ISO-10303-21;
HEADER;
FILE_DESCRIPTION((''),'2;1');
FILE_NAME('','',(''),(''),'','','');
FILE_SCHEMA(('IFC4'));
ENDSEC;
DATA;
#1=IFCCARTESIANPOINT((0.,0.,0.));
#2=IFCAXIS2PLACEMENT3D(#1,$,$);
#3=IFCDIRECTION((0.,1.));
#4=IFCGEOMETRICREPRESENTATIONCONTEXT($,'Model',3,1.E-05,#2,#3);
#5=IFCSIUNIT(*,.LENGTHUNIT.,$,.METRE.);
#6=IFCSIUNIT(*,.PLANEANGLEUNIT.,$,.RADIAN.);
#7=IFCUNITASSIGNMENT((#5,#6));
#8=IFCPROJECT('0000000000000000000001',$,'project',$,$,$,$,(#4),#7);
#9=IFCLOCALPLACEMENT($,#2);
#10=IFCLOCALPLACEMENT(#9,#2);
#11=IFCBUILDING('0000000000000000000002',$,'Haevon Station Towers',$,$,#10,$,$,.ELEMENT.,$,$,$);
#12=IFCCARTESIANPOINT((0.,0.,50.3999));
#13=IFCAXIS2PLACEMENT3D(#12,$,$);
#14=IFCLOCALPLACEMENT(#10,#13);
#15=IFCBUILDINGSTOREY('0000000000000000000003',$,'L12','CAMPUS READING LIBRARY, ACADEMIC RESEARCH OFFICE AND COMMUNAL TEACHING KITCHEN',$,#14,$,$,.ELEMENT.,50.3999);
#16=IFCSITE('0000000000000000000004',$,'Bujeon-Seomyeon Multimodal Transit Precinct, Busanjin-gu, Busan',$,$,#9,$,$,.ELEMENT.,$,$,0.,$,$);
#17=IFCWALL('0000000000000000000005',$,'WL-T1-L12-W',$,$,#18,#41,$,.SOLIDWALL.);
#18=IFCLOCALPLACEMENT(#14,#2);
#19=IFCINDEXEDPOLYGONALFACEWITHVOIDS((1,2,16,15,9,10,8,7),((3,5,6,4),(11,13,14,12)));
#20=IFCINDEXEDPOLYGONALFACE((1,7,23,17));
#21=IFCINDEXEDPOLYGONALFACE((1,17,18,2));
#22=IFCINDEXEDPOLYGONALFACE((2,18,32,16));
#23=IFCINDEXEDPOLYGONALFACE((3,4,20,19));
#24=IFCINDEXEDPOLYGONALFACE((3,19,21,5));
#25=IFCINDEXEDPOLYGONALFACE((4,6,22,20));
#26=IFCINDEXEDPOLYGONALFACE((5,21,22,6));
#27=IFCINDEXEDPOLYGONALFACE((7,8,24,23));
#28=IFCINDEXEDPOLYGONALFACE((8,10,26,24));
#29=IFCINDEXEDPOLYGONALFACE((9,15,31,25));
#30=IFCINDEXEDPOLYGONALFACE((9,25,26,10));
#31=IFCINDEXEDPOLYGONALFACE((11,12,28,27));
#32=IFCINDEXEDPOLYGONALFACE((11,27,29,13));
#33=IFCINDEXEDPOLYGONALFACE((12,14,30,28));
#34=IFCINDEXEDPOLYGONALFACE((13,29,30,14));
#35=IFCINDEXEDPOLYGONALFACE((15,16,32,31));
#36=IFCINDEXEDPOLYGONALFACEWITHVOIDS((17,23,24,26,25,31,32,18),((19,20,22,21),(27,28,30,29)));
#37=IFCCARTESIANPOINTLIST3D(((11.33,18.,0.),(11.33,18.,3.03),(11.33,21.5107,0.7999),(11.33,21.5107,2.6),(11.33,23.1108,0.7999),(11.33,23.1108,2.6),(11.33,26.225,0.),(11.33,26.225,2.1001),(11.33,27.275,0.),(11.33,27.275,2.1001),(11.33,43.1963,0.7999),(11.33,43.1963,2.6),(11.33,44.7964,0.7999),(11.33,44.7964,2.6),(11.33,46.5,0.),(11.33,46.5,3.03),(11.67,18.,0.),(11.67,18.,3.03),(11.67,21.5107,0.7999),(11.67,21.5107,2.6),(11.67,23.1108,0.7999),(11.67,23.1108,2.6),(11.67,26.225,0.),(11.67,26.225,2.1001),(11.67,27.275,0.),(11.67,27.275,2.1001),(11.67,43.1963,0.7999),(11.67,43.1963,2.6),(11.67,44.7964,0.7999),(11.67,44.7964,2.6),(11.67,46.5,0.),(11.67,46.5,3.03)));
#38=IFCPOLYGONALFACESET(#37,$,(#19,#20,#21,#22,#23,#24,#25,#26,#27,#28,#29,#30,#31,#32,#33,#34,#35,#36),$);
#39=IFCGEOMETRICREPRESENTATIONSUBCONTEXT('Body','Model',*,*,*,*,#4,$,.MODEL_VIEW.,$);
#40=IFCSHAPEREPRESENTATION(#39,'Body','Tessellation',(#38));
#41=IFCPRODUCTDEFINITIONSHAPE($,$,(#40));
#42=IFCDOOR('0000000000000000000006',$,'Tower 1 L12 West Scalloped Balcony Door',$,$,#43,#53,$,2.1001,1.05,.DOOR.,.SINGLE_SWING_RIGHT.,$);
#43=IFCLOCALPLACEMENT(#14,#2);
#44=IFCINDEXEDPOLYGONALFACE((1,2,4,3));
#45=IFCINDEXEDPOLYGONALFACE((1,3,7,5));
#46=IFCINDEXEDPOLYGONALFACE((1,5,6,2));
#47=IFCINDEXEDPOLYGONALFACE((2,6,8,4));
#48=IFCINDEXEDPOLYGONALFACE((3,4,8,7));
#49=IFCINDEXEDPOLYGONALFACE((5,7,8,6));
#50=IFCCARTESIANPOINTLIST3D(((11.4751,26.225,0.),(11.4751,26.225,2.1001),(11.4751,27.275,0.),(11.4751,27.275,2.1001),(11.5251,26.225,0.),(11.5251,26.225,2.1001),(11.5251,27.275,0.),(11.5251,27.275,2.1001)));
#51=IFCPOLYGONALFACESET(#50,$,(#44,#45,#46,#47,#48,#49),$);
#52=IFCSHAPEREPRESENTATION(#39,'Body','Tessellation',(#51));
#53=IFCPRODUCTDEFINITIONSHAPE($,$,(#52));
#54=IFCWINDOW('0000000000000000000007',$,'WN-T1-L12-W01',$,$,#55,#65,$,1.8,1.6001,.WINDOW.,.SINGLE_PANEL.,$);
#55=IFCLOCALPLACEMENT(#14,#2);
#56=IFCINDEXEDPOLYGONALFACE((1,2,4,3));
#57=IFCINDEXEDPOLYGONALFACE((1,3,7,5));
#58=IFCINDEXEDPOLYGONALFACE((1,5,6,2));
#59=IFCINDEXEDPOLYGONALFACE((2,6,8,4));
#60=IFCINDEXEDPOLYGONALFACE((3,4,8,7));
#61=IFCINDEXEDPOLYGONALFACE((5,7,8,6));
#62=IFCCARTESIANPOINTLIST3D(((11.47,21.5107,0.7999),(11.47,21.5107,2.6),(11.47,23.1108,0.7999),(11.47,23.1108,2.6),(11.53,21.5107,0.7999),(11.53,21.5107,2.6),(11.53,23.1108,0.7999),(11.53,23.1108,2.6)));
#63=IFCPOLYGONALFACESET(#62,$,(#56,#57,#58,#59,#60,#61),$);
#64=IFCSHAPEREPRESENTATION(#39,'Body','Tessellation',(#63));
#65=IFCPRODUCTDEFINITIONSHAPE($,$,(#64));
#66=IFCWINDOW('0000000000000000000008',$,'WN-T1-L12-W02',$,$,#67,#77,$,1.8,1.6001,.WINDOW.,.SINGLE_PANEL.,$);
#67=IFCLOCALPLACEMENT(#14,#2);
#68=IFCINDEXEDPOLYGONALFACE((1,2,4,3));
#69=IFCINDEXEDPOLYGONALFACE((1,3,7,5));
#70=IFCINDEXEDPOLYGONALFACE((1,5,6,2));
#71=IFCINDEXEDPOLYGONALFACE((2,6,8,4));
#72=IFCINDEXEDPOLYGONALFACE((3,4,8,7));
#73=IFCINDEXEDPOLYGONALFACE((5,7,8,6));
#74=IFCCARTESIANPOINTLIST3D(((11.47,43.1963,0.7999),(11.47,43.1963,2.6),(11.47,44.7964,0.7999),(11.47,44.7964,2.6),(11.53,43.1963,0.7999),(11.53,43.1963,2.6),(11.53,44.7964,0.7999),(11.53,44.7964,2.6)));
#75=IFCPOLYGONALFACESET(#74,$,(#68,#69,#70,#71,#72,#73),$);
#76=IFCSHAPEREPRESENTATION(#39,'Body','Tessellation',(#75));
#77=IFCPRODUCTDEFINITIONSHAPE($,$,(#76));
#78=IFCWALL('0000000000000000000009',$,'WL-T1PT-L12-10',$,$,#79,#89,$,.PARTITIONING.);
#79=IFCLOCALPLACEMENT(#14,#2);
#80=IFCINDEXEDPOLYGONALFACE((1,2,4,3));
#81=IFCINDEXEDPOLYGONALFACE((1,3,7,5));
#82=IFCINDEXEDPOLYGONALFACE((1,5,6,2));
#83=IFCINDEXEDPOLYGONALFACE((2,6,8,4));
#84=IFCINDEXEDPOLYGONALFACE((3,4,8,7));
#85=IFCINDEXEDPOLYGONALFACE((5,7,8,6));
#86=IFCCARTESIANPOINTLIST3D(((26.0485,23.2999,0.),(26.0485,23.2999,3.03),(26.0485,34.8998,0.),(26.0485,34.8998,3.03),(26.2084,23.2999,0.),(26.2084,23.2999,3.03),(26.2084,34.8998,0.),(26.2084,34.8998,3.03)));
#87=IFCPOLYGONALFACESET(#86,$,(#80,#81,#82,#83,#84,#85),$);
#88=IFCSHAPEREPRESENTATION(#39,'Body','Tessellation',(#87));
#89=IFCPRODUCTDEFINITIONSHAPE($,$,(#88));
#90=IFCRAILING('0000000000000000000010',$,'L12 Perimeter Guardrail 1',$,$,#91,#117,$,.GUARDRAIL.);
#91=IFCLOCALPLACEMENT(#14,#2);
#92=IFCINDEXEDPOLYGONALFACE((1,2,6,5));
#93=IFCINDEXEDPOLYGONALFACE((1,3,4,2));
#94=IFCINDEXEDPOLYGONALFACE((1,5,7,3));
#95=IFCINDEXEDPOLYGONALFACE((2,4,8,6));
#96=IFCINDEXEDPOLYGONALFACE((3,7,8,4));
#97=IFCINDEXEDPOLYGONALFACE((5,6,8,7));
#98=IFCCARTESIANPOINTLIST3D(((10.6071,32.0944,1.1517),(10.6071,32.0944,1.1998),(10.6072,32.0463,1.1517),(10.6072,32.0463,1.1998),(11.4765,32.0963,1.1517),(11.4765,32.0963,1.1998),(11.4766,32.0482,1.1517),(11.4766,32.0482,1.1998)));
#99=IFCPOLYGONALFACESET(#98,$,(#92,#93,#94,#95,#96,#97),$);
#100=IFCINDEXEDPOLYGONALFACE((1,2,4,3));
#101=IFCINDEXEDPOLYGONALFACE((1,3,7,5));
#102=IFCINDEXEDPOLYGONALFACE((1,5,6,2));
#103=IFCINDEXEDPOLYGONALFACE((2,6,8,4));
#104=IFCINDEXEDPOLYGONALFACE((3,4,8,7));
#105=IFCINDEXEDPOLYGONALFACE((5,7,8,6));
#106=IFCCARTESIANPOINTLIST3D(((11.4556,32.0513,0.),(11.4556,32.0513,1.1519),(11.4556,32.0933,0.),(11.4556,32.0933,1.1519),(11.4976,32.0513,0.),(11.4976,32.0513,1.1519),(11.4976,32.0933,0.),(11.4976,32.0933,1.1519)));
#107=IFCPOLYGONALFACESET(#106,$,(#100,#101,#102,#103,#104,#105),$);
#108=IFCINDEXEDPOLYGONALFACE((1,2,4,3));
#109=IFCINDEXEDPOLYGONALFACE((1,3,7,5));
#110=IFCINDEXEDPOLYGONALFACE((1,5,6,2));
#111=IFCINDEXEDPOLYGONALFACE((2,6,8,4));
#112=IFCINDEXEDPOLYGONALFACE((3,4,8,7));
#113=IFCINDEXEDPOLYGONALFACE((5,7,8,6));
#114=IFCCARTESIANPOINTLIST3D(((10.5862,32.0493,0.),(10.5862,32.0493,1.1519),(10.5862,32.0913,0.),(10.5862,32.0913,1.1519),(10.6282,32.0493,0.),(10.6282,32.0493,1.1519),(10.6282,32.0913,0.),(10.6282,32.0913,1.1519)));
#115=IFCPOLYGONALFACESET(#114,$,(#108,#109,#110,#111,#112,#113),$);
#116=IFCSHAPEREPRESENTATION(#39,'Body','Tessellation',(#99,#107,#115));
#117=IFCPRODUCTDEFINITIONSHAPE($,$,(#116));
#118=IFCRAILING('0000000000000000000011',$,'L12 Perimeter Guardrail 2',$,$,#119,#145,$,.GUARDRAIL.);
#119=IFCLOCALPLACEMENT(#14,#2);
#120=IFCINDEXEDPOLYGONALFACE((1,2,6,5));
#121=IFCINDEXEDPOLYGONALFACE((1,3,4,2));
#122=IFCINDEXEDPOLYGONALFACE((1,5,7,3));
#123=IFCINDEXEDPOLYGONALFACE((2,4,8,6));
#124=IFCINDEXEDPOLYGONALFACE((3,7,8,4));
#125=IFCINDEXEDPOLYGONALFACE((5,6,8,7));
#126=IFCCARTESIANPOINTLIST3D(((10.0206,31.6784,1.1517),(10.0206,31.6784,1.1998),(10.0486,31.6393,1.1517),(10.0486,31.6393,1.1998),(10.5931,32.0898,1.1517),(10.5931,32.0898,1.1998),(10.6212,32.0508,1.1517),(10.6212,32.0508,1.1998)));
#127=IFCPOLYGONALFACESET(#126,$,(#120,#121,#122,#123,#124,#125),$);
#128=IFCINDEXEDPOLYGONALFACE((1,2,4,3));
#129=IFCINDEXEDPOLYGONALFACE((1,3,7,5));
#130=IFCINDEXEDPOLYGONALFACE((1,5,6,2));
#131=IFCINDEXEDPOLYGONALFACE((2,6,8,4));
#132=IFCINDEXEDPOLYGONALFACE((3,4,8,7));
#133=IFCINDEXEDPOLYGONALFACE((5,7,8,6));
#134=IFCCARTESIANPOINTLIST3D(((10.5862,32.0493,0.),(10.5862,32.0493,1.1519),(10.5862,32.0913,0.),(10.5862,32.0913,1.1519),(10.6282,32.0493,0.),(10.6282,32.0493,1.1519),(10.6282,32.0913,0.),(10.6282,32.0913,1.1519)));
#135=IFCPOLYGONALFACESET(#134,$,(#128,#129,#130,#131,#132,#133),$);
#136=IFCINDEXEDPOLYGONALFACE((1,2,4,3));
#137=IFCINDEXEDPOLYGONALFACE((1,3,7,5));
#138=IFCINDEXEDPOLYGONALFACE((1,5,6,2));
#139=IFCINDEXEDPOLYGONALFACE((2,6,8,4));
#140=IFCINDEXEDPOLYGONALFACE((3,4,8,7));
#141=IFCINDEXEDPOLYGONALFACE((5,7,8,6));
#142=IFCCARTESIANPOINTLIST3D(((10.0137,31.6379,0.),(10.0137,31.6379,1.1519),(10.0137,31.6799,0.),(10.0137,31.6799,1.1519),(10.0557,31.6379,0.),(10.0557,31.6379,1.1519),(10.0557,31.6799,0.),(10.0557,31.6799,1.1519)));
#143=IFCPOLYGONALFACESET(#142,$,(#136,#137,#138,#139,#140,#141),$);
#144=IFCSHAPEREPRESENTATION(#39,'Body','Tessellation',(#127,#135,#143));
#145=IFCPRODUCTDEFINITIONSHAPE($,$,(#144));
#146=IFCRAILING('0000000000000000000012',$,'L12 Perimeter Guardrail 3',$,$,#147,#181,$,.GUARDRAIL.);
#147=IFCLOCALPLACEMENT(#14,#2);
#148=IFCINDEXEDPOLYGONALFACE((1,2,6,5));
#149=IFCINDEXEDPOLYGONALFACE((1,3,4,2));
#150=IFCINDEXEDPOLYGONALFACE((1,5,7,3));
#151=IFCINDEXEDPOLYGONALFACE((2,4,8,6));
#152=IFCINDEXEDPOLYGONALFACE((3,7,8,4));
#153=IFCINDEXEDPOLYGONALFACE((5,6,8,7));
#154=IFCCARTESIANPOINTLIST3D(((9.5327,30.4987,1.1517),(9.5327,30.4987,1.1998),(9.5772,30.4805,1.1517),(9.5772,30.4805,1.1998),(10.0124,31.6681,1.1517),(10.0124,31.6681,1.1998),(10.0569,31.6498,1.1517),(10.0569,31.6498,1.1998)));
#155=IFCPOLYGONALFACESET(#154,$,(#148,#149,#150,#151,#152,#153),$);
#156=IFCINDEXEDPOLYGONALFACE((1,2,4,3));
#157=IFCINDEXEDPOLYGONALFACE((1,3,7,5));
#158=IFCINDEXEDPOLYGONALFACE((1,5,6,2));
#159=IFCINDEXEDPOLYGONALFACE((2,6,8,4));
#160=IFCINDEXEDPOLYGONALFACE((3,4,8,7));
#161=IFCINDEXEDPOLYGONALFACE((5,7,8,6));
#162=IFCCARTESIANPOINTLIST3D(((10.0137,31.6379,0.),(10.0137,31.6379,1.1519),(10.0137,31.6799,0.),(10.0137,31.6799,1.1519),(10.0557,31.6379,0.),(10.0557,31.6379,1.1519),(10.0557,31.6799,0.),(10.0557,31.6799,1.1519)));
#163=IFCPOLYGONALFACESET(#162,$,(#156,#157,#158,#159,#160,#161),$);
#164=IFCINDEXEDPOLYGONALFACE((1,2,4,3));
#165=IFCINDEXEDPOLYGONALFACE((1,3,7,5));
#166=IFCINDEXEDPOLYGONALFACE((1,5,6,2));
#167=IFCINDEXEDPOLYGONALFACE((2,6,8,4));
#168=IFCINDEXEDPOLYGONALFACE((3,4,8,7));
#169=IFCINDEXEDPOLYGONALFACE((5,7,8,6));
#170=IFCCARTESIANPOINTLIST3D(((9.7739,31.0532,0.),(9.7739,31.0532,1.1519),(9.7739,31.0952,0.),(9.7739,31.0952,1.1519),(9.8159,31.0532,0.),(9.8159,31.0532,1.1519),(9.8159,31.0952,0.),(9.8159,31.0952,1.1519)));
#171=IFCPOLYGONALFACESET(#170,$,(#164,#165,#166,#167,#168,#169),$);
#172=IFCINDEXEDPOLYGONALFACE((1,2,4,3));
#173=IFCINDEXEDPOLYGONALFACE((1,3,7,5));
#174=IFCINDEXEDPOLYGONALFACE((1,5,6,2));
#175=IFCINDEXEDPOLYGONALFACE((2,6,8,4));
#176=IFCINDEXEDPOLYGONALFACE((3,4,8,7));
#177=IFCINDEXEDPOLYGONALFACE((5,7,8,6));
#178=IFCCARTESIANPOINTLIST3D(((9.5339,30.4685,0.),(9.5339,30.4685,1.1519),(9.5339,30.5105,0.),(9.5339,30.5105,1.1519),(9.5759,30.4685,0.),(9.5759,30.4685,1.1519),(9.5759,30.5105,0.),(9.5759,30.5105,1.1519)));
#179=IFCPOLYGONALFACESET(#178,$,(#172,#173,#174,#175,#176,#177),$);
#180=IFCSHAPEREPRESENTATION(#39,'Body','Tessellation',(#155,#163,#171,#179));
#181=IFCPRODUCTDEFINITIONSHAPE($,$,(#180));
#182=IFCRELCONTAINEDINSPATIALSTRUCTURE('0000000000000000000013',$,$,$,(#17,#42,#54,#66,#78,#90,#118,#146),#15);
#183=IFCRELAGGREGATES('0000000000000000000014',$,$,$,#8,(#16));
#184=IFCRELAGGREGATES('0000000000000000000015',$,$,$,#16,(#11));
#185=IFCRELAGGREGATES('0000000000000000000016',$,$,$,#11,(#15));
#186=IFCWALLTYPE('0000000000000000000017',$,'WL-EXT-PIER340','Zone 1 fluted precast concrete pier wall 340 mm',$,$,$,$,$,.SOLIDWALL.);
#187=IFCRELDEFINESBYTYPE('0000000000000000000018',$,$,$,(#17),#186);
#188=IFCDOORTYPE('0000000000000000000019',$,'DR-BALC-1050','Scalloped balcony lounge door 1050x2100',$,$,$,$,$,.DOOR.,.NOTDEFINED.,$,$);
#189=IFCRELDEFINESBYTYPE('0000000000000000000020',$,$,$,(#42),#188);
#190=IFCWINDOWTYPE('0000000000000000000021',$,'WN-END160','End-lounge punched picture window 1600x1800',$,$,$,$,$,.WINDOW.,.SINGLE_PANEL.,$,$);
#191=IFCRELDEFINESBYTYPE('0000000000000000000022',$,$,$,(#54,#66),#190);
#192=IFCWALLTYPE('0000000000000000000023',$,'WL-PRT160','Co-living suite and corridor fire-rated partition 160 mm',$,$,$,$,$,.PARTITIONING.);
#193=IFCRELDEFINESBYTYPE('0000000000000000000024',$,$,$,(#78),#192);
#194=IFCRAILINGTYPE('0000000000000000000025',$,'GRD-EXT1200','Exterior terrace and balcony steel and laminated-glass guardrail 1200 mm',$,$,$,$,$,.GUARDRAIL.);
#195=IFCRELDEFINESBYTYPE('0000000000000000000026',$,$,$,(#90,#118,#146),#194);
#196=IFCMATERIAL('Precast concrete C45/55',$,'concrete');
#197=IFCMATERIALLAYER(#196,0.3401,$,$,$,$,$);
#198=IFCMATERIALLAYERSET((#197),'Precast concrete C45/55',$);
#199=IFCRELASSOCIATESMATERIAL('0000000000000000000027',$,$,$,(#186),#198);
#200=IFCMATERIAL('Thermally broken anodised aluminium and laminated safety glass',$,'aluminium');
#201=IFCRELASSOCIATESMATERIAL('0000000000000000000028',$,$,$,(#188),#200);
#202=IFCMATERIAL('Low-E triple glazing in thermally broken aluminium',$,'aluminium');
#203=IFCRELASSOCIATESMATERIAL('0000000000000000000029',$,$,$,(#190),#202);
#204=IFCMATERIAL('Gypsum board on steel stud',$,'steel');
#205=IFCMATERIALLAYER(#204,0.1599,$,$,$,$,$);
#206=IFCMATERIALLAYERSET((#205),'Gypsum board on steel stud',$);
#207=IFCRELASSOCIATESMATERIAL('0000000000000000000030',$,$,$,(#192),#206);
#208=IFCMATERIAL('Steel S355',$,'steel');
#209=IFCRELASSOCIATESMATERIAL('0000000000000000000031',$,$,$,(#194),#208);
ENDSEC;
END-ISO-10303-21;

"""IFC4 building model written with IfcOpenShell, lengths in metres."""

from ifc_helpers import new_model, si_unit, direction, frame, frame_2d, origin, origin_2d, place, context, subcontext, project, spatial, rectangle, extrude, material, layer, layer_set, type_object, element, fill, save


model = new_model("IFC4")

# Units and contexts
model_context = context("Model", 3, precision=1e-05, world=origin(), true_north=direction((0.0, 1.0)))
body_context = subcontext(model_context, "Body", "Model", "MODEL_VIEW")
ifc_project = project(units=[si_unit("LENGTHUNIT", "METRE"), si_unit("PLANEANGLEUNIT", "RADIAN")], contexts=[model_context])

# Site, building, storey
site_placement = place(None, origin())
site = spatial("IfcSite", under=ifc_project, at=site_placement, Name="Bujeon-Seomyeon Multimodal Transit Precinct, Busanjin-gu, Busan", CompositionType="ELEMENT", RefElevation=0.0)
building_placement = place(site_placement, origin())
building = spatial("IfcBuilding", under=site, at=building_placement, Name="Haevon Station Towers", CompositionType="ELEMENT")
storey_placement = place(building_placement, frame((0.0, 0.0, 50.3999)))
storey = spatial("IfcBuildingStorey", under=building, at=storey_placement, Name="L12", Description="CAMPUS READING LIBRARY, ACADEMIC RESEARCH OFFICE AND COMMUNAL TEACHING KITCHEN", CompositionType="ELEMENT", Elevation=50.3999)

# Shared definitions
ifc_material_1 = material(Name="Steel S355", Category="steel")

# Wall, openings, door, windows
ifc_material_2 = material(Name="Precast concrete C45/55", Category="concrete")
ifc_layer_1 = layer(ifc_material_2, 0.3401)
ifc_layer_set_1 = layer_set([ifc_layer_1], Name="Precast concrete C45/55")
wall_type_1 = type_object("IfcWallType", Name="WL-EXT-PIER340", Description="Zone 1 fluted precast concrete pier wall 340 mm", PredefinedType="SOLIDWALL", material=ifc_layer_set_1)
wall_1_placement = place(storey_placement, frame((11.5, 18.0, 0.0), z_axis=(0.0, 0.0, 1.0), x_axis=(0.0, 1.0, 0.0)))
wall_1 = element("IfcWall", 1, at=wall_1_placement, inside=storey, type_object=wall_type_1, Name="WL-T1-L12-W", PredefinedType="SOLIDWALL", context=body_context, shape_type="SweptSolid", body=[
    extrude(rectangle(XDim=28.5, YDim=0.3401, at=frame_2d((14.25, 0.0))), origin(), (0.0, 0.0, 1.0), 3.03),
])
opening_1_placement = place(wall_1_placement, frame((8.2251, 0.0, 0.0)))
opening_1 = element("IfcOpeningElement", 2, at=opening_1_placement, cuts=wall_1, PredefinedType="OPENING", context=body_context, shape_type="SweptSolid", body=[
    extrude(rectangle(XDim=1.05, YDim=2.1001, at=frame_2d((0.5249, 1.05))), frame((0.0, 0.1799, 0.0), z_axis=(0.0, -1.0, 0.0), x_axis=(1.0, 0.0, 0.0)), (0.0, 0.0, 1.0), 0.3601),
])
opening_2_placement = place(wall_1_placement, frame((3.5107, 0.0, 0.8)))
opening_2 = element("IfcOpeningElement", 3, at=opening_2_placement, cuts=wall_1, PredefinedType="OPENING", context=body_context, shape_type="SweptSolid", body=[
    extrude(rectangle(XDim=1.6001, YDim=1.8, at=frame_2d((0.8, 0.8999))), frame((0.0, 0.1799, 0.0), z_axis=(0.0, -1.0, 0.0), x_axis=(1.0, 0.0, 0.0)), (0.0, 0.0, 1.0), 0.3601),
])
opening_3_placement = place(wall_1_placement, frame((25.1963, 0.0, 0.8)))
opening_3 = element("IfcOpeningElement", 4, at=opening_3_placement, cuts=wall_1, PredefinedType="OPENING", context=body_context, shape_type="SweptSolid", body=[
    extrude(rectangle(XDim=1.6001, YDim=1.8, at=frame_2d((0.8, 0.8999))), frame((0.0, 0.1799, 0.0), z_axis=(0.0, -1.0, 0.0), x_axis=(1.0, 0.0, 0.0)), (0.0, 0.0, 1.0), 0.3601),
])
ifc_material_3 = material(Name="Thermally broken anodised aluminium and laminated safety glass", Category="aluminium")
door_type = type_object("IfcDoorType", Name="DR-BALC-1050", Description="Scalloped balcony lounge door 1050x2100", OperationType="NOTDEFINED", PredefinedType="DOOR", material=ifc_material_3)
door_placement = place(opening_1_placement, origin())
door = element("IfcDoor", 5, at=door_placement, inside=storey, type_object=door_type, Name="Tower 1 L12 West Scalloped Balcony Door", OperationType="SINGLE_SWING_RIGHT", OverallHeight=2.1001, OverallWidth=1.05, PredefinedType="DOOR", context=body_context, shape_type="SweptSolid", body=[
    extrude(rectangle(XDim=1.05, YDim=2.1001, at=frame_2d((0.5249, 1.05))), frame((0.0, 0.0249, 0.0), z_axis=(0.0, -1.0, 0.0), x_axis=(1.0, 0.0, 0.0)), (0.0, 0.0, 1.0), 0.05),
])
fill(opening_1, door)
ifc_material_4 = material(Name="Low-E triple glazing in thermally broken aluminium", Category="aluminium")
window_type = type_object("IfcWindowType", Name="WN-END160", Description="End-lounge punched picture window 1600x1800", PartitioningType="SINGLE_PANEL", PredefinedType="WINDOW", material=ifc_material_4)
window_1_placement = place(opening_2_placement, origin())
window_1 = element("IfcWindow", 6, at=window_1_placement, inside=storey, type_object=window_type, Name="WN-T1-L12-W01", OverallHeight=1.8, OverallWidth=1.6001, PartitioningType="SINGLE_PANEL", PredefinedType="WINDOW", context=body_context, shape_type="SweptSolid", body=[
    extrude(rectangle(XDim=1.6001, YDim=1.8, at=frame_2d((0.8, 0.8999))), frame((0.0, 0.03, 0.0), z_axis=(0.0, -1.0, 0.0), x_axis=(1.0, 0.0, 0.0)), (0.0, 0.0, 1.0), 0.0601),
])
fill(opening_2, window_1)
window_2_placement = place(opening_3_placement, origin())
window_2 = element("IfcWindow", 7, at=window_2_placement, inside=storey, type_object=window_type, Name="WN-T1-L12-W02", OverallHeight=1.8, OverallWidth=1.6001, PartitioningType="SINGLE_PANEL", PredefinedType="WINDOW", context=body_context, shape_type="SweptSolid", body=[
    extrude(rectangle(XDim=1.6001, YDim=1.8, at=frame_2d((0.8, 0.8999))), frame((0.0, 0.03, 0.0), z_axis=(0.0, -1.0, 0.0), x_axis=(1.0, 0.0, 0.0)), (0.0, 0.0, 1.0), 0.0601),
])
fill(opening_3, window_2)

# Wall
ifc_material_5 = material(Name="Gypsum board on steel stud", Category="steel")
ifc_layer_2 = layer(ifc_material_5, 0.1599)
ifc_layer_set_2 = layer_set([ifc_layer_2], Name="Gypsum board on steel stud")
wall_type_2 = type_object("IfcWallType", Name="WL-PRT160", Description="Co-living suite and corridor fire-rated partition 160 mm", PredefinedType="PARTITIONING", material=ifc_layer_set_2)
wall_2_placement = place(storey_placement, frame((26.1284, 23.3, 0.0), z_axis=(0.0, 0.0, 1.0), x_axis=(0.0, 1.0, 0.0)))
element("IfcWall", 8, at=wall_2_placement, inside=storey, type_object=wall_type_2, Name="WL-T1PT-L12-10", PredefinedType="PARTITIONING", context=body_context, shape_type="SweptSolid", body=[
    extrude(rectangle(XDim=11.5999, YDim=0.1599, at=frame_2d((5.7998, 0.0))), origin(), (0.0, 0.0, 1.0), 3.03),
])

# Railings
railing_type = type_object("IfcRailingType", Name="GRD-EXT1200", Description="Exterior terrace and balcony steel and laminated-glass guardrail 1200 mm", PredefinedType="GUARDRAIL", material=ifc_material_1)
railing_1_placement = place(storey_placement, frame((11.4766, 32.0723, 0.0)))
element("IfcRailing", 9, at=railing_1_placement, inside=storey, type_object=railing_type, Name="L12 Perimeter Guardrail 1", PredefinedType="GUARDRAIL", context=body_context, shape_type="SweptSolid", body=[
    extrude(rectangle(XDim=0.0481, YDim=0.0481, at=origin_2d()), frame((0.0, 0.0, 1.1758), z_axis=(-0.999997, -0.002247, 0.0), x_axis=(0.002247, -0.999997, 0.0)), (0.0, 0.0, 1.0), 0.8694),
    extrude(rectangle(XDim=0.042, YDim=0.042, at=origin_2d()), origin(), (0.0, 0.0, 1.0), 1.1519),
    extrude(rectangle(XDim=0.042, YDim=0.042, at=origin_2d()), frame((-0.8694, -0.002, 0.0)), (0.0, 0.0, 1.0), 1.1519),
])
railing_2_placement = place(storey_placement, frame((10.6072, 32.0703, 0.0)))
element("IfcRailing", 10, at=railing_2_placement, inside=storey, type_object=railing_type, Name="L12 Perimeter Guardrail 2", PredefinedType="GUARDRAIL", context=body_context, shape_type="SweptSolid", body=[
    extrude(rectangle(XDim=0.0481, YDim=0.0481, at=origin_2d()), frame((0.0, 0.0, 1.1758), z_axis=(-0.812092, -0.583529, 0.0), x_axis=(0.583529, -0.812092, 0.0)), (0.0, 0.0, 1.0), 0.7051),
    extrude(rectangle(XDim=0.042, YDim=0.042, at=origin_2d()), origin(), (0.0, 0.0, 1.0), 1.1519),
    extrude(rectangle(XDim=0.042, YDim=0.042, at=origin_2d()), frame((-0.5725, -0.4114, 0.0)), (0.0, 0.0, 1.0), 1.1519),
])
railing_3_placement = place(storey_placement, frame((10.0347, 31.6589, 0.0)))
element("IfcRailing", 11, at=railing_3_placement, inside=storey, type_object=railing_type, Name="L12 Perimeter Guardrail 3", PredefinedType="GUARDRAIL", context=body_context, shape_type="SweptSolid", body=[
    extrude(rectangle(XDim=0.0481, YDim=0.0481, at=origin_2d()), frame((0.0, 0.0, 1.1758), z_axis=(-0.379535, -0.925177, 0.0), x_axis=(0.925177, -0.379535, 0.0)), (0.0, 0.0, 1.0), 1.2639),
    extrude(rectangle(XDim=0.042, YDim=0.042, at=origin_2d()), origin(), (0.0, 0.0, 1.0), 1.1519),
    extrude(rectangle(XDim=0.042, YDim=0.042, at=origin_2d()), frame((-0.2397, -0.5847, 0.0)), (0.0, 0.0, 1.0), 1.1519),
    extrude(rectangle(XDim=0.042, YDim=0.042, at=origin_2d()), frame((-0.4797, -1.1694, 0.0)), (0.0, 0.0, 1.0), 1.1519),
])

save(model, "model.ifc")
